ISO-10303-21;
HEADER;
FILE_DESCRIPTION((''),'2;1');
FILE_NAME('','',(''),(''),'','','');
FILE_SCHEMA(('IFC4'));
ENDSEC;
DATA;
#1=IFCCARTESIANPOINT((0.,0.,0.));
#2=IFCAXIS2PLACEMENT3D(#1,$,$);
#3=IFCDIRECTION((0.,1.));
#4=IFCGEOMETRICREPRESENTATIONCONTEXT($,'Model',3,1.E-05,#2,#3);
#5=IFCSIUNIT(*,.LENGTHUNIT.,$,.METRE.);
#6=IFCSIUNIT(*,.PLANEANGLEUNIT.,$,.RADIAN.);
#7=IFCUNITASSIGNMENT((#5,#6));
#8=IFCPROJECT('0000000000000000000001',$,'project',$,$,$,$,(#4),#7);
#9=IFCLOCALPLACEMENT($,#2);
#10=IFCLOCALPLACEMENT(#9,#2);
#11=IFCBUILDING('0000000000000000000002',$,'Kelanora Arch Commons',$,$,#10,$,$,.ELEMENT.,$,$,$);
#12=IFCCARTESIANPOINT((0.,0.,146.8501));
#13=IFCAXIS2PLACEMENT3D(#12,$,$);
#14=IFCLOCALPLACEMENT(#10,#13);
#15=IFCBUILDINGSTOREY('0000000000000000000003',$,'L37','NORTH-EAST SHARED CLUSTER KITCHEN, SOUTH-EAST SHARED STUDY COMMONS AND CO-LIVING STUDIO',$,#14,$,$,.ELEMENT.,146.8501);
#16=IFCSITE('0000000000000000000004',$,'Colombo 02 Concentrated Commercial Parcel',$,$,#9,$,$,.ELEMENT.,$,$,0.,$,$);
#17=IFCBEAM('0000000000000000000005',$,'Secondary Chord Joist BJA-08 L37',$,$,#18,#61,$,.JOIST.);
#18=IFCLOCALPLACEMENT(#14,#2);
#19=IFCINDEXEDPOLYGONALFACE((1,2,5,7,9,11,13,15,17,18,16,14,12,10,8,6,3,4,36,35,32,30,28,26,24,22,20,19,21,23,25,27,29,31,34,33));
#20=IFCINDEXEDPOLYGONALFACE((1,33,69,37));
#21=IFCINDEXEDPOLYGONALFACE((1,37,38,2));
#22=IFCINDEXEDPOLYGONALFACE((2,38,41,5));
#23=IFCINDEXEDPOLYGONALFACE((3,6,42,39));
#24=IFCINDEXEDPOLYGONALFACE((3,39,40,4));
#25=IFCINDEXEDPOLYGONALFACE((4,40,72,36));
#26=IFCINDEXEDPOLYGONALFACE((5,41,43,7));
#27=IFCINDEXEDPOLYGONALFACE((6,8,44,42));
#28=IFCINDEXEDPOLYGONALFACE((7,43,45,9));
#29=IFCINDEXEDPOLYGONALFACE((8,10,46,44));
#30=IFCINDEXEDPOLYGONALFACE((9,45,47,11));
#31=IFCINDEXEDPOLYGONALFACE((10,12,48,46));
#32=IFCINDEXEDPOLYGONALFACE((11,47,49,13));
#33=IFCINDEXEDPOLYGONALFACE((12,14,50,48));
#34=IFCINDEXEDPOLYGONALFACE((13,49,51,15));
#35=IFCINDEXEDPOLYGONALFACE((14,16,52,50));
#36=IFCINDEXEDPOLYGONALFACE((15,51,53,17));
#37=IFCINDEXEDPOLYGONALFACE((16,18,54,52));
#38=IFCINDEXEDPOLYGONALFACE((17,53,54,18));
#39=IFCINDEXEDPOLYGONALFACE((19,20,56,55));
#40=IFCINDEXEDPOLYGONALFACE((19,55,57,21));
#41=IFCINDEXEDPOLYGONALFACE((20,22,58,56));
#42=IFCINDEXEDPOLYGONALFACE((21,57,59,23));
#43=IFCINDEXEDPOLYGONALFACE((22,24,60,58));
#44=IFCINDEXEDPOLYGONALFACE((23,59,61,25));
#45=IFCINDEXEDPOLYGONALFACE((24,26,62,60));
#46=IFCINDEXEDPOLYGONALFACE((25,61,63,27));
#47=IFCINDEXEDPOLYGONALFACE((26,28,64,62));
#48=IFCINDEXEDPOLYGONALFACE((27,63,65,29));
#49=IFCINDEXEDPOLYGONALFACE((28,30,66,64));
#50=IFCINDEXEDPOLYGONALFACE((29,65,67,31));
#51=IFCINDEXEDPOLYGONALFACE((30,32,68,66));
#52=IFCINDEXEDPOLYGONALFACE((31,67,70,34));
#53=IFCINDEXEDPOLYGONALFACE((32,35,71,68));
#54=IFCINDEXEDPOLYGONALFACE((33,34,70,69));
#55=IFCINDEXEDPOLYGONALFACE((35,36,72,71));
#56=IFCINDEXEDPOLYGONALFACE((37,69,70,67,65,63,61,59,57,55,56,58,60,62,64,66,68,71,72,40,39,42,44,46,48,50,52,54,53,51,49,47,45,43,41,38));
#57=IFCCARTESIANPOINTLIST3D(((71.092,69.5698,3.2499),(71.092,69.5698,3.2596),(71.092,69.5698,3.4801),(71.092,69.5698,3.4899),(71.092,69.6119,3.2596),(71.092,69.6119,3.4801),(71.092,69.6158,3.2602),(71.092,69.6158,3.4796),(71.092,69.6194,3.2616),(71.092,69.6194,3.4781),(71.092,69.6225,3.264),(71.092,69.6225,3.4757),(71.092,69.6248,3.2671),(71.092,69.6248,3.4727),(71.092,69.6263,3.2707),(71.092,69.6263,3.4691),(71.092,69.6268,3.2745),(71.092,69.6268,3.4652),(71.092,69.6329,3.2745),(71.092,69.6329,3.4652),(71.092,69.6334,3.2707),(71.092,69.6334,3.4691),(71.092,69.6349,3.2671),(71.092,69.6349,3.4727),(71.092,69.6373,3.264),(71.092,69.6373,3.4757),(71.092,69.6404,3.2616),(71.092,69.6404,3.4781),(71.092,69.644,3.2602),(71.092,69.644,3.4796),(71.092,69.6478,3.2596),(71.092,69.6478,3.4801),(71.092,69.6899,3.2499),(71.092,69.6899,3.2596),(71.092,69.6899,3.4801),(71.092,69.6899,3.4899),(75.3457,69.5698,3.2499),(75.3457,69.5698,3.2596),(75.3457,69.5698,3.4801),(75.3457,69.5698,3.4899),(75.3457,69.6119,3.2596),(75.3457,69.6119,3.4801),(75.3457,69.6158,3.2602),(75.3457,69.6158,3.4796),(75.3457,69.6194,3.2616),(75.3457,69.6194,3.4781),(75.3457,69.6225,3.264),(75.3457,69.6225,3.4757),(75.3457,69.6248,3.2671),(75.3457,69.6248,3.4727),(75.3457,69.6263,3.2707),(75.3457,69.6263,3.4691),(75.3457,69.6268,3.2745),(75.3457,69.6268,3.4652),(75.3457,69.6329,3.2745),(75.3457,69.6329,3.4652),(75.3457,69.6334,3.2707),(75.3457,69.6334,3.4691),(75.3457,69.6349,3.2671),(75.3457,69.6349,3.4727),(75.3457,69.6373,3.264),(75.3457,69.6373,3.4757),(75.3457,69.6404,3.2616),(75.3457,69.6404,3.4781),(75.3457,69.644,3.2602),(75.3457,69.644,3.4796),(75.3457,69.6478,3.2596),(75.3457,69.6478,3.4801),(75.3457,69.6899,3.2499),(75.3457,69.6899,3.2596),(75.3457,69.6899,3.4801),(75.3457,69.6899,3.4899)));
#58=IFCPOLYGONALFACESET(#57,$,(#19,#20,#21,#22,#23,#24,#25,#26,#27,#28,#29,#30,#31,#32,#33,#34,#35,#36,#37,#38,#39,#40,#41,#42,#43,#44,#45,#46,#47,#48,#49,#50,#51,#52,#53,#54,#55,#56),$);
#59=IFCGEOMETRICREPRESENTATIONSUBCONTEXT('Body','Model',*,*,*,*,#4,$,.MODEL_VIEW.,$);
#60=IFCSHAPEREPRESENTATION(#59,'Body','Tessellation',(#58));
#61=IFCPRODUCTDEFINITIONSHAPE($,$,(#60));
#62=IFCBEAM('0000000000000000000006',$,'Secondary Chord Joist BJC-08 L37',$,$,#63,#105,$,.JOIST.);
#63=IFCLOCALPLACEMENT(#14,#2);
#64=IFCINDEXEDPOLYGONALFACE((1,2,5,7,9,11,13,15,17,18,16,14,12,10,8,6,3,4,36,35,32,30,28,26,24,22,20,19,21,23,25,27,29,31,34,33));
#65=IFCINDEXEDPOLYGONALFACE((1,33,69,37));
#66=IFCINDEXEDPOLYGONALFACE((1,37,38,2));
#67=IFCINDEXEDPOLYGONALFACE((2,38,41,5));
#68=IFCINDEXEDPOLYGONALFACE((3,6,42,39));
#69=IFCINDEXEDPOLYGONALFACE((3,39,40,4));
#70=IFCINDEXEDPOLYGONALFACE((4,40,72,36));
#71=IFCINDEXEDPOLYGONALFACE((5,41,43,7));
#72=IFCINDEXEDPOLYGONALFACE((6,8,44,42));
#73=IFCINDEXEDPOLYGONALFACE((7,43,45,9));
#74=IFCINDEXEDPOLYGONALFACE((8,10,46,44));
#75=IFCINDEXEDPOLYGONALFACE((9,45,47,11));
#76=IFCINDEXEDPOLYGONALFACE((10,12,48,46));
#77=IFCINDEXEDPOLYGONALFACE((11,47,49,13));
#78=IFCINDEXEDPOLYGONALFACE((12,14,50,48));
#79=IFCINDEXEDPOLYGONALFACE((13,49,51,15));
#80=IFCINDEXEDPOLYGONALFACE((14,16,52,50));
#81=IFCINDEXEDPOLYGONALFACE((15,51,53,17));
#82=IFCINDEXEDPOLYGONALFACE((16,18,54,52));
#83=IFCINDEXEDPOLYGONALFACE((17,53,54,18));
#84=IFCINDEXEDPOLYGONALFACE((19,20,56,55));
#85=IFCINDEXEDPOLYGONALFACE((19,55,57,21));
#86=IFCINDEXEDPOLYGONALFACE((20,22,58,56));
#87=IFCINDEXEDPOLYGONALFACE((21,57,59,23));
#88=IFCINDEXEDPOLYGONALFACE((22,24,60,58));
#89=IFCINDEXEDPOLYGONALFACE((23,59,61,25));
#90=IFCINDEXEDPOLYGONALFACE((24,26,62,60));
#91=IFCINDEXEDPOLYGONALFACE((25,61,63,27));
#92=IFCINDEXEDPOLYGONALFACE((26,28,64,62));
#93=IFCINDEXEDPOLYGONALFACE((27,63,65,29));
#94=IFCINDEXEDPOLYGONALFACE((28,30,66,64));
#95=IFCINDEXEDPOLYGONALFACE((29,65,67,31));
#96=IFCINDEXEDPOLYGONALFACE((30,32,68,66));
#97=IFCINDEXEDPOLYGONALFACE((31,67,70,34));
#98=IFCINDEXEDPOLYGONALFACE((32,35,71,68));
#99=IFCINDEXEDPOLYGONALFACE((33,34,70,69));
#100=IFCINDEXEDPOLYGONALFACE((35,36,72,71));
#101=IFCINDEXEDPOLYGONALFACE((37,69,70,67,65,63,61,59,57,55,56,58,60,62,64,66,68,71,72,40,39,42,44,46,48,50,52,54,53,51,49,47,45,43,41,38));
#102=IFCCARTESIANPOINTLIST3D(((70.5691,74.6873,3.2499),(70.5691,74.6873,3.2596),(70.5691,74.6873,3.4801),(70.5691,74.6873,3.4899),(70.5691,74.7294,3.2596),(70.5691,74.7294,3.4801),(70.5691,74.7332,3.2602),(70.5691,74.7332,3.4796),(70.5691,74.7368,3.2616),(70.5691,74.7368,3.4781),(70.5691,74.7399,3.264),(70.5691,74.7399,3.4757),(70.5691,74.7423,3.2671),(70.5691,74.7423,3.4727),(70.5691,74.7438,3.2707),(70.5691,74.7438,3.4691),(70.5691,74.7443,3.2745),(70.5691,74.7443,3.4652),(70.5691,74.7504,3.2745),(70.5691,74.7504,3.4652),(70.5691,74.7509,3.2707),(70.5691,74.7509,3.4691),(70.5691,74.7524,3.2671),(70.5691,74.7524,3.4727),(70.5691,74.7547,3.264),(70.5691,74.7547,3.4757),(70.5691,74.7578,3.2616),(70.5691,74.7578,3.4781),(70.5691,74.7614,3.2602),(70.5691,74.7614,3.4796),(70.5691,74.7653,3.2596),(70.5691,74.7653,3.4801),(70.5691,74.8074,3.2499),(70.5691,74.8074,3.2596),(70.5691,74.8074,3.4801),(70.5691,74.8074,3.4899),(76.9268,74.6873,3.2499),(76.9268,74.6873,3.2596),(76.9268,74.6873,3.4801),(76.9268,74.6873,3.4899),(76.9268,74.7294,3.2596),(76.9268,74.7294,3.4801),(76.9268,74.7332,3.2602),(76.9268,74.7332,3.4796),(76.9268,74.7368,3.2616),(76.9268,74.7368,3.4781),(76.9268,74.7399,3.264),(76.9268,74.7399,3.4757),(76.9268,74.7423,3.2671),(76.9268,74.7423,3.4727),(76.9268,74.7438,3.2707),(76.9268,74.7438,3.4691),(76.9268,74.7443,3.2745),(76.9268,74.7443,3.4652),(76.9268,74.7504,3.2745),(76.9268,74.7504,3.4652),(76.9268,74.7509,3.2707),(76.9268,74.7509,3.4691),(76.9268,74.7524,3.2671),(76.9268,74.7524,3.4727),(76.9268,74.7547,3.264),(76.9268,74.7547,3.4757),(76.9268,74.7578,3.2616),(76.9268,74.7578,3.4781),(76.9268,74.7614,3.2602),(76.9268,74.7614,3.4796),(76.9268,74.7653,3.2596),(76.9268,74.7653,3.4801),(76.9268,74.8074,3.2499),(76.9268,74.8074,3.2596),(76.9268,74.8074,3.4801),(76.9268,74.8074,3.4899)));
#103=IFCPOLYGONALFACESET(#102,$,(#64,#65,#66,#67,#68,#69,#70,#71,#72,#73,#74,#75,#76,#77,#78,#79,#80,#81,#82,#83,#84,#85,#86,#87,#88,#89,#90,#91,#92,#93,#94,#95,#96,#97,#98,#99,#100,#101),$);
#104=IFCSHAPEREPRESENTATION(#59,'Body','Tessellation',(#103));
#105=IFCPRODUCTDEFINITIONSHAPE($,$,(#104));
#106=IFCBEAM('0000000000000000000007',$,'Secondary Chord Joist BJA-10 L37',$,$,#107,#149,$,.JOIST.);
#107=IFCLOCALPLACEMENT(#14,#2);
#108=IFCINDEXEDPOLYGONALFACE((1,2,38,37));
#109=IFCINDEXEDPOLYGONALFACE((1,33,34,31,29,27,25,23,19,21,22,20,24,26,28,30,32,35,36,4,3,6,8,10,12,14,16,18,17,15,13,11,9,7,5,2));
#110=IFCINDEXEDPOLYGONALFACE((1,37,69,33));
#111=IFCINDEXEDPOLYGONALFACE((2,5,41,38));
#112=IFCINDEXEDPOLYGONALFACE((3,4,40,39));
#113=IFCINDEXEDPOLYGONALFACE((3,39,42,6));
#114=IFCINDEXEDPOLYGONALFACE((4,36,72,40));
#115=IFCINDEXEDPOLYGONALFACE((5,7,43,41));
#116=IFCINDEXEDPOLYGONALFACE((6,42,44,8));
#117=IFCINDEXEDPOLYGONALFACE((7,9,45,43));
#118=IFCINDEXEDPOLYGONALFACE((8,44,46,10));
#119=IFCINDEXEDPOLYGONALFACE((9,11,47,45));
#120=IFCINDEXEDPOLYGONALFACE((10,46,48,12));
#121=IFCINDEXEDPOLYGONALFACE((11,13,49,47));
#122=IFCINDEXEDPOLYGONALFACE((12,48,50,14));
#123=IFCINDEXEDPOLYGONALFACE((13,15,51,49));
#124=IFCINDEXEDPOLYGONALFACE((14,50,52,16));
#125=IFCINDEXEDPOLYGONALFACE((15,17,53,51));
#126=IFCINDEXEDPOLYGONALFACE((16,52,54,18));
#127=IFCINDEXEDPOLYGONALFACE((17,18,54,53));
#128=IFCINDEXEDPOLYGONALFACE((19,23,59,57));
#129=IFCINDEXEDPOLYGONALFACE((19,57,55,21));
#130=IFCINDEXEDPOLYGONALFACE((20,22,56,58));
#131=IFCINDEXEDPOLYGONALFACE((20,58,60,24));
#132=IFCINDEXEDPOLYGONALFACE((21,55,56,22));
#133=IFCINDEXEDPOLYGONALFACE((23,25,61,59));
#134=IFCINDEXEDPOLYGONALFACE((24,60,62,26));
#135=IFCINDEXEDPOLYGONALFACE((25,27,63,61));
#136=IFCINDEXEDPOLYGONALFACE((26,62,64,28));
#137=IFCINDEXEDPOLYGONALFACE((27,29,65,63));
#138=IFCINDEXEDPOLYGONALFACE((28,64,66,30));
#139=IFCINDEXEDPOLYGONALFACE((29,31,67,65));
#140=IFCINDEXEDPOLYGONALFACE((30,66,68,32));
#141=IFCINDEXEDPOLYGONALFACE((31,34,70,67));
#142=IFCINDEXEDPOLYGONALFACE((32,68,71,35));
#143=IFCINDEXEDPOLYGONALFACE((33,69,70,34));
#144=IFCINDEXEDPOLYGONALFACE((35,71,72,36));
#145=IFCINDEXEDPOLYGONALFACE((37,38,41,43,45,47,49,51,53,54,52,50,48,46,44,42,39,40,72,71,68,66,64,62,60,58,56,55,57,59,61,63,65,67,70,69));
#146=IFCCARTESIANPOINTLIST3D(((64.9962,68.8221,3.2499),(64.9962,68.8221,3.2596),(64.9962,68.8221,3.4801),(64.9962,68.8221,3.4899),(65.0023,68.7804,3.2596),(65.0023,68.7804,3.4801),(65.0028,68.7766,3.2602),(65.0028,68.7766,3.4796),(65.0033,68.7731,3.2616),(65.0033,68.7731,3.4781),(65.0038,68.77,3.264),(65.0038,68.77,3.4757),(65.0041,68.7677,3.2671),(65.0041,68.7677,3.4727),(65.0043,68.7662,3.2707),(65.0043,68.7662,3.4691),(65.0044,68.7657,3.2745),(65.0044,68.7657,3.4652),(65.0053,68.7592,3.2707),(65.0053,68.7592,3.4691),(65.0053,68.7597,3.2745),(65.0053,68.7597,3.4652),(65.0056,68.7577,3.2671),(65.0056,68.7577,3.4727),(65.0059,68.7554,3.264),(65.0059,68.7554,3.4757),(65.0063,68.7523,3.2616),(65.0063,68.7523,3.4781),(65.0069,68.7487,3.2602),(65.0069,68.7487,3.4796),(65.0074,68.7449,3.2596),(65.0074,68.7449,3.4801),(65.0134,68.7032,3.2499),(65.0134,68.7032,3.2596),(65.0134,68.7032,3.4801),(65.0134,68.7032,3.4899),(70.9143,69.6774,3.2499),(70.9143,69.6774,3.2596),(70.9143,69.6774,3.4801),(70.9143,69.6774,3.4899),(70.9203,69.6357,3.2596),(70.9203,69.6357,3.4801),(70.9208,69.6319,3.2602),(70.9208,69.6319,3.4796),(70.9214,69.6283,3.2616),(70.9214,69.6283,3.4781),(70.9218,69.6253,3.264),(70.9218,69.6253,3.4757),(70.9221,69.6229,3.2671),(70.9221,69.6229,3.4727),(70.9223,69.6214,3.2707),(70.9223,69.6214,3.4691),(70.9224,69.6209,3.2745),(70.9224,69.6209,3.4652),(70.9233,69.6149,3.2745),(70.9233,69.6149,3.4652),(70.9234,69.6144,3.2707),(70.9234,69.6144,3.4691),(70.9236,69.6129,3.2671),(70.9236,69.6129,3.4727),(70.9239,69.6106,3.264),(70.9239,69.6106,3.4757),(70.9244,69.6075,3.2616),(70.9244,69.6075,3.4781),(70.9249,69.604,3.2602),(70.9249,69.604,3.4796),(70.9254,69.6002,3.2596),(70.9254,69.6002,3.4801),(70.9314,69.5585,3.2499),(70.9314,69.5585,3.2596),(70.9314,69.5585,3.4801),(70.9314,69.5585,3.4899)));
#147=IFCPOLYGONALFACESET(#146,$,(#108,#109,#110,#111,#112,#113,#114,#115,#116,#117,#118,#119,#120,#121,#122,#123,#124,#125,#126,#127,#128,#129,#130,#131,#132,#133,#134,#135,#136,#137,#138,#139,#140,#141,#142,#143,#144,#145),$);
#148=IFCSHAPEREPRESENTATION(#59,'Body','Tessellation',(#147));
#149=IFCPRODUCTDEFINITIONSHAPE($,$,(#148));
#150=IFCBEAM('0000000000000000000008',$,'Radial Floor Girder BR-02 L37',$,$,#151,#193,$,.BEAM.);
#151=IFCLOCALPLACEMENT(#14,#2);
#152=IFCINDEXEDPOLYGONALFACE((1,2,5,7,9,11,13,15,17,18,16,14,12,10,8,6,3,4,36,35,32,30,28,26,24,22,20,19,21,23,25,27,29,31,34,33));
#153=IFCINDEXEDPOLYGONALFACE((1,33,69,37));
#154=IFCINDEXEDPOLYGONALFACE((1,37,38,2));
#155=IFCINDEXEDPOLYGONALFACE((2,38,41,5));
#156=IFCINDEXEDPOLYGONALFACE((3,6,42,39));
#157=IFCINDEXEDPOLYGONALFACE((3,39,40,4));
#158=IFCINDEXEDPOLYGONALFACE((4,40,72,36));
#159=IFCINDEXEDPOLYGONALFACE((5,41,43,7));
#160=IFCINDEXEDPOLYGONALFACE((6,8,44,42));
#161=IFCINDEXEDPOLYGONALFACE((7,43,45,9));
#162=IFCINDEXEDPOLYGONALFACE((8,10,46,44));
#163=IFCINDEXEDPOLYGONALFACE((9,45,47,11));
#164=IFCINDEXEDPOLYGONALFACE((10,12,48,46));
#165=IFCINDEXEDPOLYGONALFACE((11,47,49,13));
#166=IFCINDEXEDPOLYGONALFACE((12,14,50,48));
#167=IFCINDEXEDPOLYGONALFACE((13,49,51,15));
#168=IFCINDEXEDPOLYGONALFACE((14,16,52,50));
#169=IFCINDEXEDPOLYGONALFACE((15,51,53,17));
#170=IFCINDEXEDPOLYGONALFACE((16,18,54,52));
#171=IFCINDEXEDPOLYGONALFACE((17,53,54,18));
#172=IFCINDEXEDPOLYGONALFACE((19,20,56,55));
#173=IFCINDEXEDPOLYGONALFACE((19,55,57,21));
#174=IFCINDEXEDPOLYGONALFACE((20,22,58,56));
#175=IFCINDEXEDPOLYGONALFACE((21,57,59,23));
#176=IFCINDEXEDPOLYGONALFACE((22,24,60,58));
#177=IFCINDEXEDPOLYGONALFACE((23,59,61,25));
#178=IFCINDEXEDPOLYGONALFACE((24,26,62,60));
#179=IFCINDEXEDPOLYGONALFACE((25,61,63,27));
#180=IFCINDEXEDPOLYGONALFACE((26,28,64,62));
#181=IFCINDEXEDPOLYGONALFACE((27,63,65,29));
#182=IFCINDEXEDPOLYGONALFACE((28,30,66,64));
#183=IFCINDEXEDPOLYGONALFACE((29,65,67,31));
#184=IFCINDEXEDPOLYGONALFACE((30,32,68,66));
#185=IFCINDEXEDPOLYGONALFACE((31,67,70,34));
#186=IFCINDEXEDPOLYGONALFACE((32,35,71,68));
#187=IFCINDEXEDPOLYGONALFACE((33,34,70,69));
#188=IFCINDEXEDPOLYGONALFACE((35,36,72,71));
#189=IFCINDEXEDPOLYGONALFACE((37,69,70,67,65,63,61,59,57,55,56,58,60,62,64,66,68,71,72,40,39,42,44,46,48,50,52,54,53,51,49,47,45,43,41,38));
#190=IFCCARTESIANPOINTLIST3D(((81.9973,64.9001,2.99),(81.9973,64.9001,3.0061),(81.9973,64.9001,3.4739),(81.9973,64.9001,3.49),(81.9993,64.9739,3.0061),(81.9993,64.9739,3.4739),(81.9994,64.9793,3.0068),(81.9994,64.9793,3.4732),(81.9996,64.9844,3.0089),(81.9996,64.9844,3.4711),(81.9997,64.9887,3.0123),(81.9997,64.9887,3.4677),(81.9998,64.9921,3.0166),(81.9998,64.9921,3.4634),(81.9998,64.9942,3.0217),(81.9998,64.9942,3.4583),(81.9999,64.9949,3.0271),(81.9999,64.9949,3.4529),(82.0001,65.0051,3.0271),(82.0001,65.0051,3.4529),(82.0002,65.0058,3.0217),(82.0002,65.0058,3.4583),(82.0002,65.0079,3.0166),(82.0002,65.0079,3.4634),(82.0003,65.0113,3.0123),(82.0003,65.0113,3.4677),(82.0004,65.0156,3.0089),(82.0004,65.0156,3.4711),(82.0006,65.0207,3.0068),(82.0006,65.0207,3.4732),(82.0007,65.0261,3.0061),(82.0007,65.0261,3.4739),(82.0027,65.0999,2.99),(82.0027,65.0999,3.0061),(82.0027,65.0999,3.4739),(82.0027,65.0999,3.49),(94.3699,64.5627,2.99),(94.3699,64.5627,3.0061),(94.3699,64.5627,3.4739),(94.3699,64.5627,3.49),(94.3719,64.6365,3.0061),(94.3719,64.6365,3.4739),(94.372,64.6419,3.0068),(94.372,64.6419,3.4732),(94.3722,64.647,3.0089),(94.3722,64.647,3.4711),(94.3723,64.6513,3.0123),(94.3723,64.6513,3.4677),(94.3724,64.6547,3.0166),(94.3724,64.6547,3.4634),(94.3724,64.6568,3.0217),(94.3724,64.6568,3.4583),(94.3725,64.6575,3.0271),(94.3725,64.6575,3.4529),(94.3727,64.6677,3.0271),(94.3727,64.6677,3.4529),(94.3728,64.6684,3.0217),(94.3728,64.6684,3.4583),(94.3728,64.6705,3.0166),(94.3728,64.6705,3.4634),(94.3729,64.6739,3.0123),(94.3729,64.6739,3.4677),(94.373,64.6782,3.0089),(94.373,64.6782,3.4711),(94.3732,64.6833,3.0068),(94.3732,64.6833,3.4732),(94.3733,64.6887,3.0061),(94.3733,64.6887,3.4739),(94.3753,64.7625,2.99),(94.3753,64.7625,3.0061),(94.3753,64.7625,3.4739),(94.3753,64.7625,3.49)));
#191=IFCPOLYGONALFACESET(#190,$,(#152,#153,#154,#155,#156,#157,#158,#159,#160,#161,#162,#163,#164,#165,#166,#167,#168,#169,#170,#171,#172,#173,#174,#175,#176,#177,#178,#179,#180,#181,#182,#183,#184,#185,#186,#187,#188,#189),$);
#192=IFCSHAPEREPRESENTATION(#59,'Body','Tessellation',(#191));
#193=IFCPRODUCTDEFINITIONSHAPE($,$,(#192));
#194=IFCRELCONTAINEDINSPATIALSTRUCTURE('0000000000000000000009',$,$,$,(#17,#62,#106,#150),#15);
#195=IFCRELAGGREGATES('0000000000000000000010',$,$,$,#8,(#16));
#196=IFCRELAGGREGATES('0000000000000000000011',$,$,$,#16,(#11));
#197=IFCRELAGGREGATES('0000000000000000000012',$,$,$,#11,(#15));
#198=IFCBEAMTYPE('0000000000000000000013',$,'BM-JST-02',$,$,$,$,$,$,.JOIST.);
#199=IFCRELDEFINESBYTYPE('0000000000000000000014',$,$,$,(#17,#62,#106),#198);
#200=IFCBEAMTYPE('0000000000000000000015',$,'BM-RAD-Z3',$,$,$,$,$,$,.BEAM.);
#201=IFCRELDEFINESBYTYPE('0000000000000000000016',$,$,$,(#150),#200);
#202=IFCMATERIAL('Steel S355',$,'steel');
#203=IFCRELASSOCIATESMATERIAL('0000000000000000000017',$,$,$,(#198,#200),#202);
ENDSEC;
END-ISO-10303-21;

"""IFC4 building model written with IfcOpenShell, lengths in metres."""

from ifc_helpers import new_model, si_unit, direction, frame, origin, origin_2d, place, context, subcontext, project, spatial, i_section, extrude, material, material_profile, profile_set, type_object, element, save


model = new_model("IFC4")

# Units and contexts
model_context = context("Model", 3, precision=1e-05, world=origin(), true_north=direction((0.0, 1.0)))
body_context = subcontext(model_context, "Body", "Model", "MODEL_VIEW")
ifc_project = project(units=[si_unit("LENGTHUNIT", "METRE"), si_unit("PLANEANGLEUNIT", "RADIAN")], contexts=[model_context])

# Site, building, storey
site_placement = place(None, origin())
site = spatial("IfcSite", under=ifc_project, at=site_placement, Name="Colombo 02 Concentrated Commercial Parcel", CompositionType="ELEMENT", RefElevation=0.0)
building_placement = place(site_placement, origin())
building = spatial("IfcBuilding", under=site, at=building_placement, Name="Kelanora Arch Commons", CompositionType="ELEMENT")
storey_placement = place(building_placement, frame((0.0, 0.0, 146.8501)))
storey = spatial("IfcBuildingStorey", under=building, at=storey_placement, Name="L37", Description="NORTH-EAST SHARED CLUSTER KITCHEN, SOUTH-EAST SHARED STUDY COMMONS AND CO-LIVING STUDIO", CompositionType="ELEMENT", Elevation=146.8501)

# Beams
ifc_material_1 = material(Name="Steel S355", Category="steel")
ifc_material_profile_1 = material_profile(ifc_material_1, i_section(OverallWidth=0.1201, OverallDepth=0.24, WebThickness=0.0061, FlangeThickness=0.0098, FilletRadius=0.0149, at=origin_2d()), Name="IPE240")
ifc_profile_set_1 = profile_set([ifc_material_profile_1], Name="Steel S355")
beam_type_1 = type_object("IfcBeamType", Name="BM-JST-02", PredefinedType="JOIST", material=ifc_profile_set_1)
beam_1_placement = place(storey_placement, frame((75.3457, 69.6299, 3.3699), z_axis=(-1.0, 0.0, 0.0), x_axis=(0.0, -1.0, 0.0)))
element("IfcBeam", 1, at=beam_1_placement, inside=storey, type_object=beam_type_1, Name="Secondary Chord Joist BJA-08 L37", PredefinedType="JOIST", context=body_context, shape_type="SweptSolid", body=[
    extrude(i_section(OverallWidth=0.1201, OverallDepth=0.24, WebThickness=0.0061, FlangeThickness=0.0098, FilletRadius=0.0149, at=origin_2d()), origin(), (0.0, 0.0, 1.0), 4.2537),
])
beam_2_placement = place(storey_placement, frame((76.9268, 74.7473, 3.3699), z_axis=(-1.0, 0.0, 0.0), x_axis=(0.0, -1.0, 0.0)))
element("IfcBeam", 2, at=beam_2_placement, inside=storey, type_object=beam_type_1, Name="Secondary Chord Joist BJC-08 L37", PredefinedType="JOIST", context=body_context, shape_type="SweptSolid", body=[
    extrude(i_section(OverallWidth=0.1201, OverallDepth=0.24, WebThickness=0.0061, FlangeThickness=0.0098, FilletRadius=0.0149, at=origin_2d()), origin(), (0.0, 0.0, 1.0), 6.3577),
])
beam_3_placement = place(storey_placement, frame((70.9229, 69.6179, 3.3699), z_axis=(-0.989719, -0.143027, 0.0), x_axis=(0.143027, -0.989719, 0.0)))
element("IfcBeam", 3, at=beam_3_placement, inside=storey, type_object=beam_type_1, Name="Secondary Chord Joist BJA-10 L37", PredefinedType="JOIST", context=body_context, shape_type="SweptSolid", body=[
    extrude(i_section(OverallWidth=0.1201, OverallDepth=0.24, WebThickness=0.0061, FlangeThickness=0.0098, FilletRadius=0.0149, at=origin_2d()), origin(), (0.0, 0.0, 1.0), 5.9795),
])
ifc_material_profile_2 = material_profile(ifc_material_1, i_section(OverallWidth=0.2, OverallDepth=0.5, WebThickness=0.0103, FlangeThickness=0.0161, FilletRadius=0.021, at=origin_2d()), Name="IPE500")
ifc_profile_set_2 = profile_set([ifc_material_profile_2], Name="Steel S355")
beam_type_2 = type_object("IfcBeamType", Name="BM-RAD-Z3", PredefinedType="BEAM", material=ifc_profile_set_2)
beam_4_placement = place(storey_placement, frame((82.0, 65.0, 3.24), z_axis=(0.999628, -0.02726, 0.0), x_axis=(0.02726, 0.999628, 0.0)))
element("IfcBeam", 4, at=beam_4_placement, inside=storey, type_object=beam_type_2, Name="Radial Floor Girder BR-02 L37", PredefinedType="BEAM", context=body_context, shape_type="SweptSolid", body=[
    extrude(i_section(OverallWidth=0.2, OverallDepth=0.5, WebThickness=0.0103, FlangeThickness=0.0161, FilletRadius=0.021, at=origin_2d()), origin(), (0.0, 0.0, 1.0), 12.3772),
])

save(model, "model.ifc")
